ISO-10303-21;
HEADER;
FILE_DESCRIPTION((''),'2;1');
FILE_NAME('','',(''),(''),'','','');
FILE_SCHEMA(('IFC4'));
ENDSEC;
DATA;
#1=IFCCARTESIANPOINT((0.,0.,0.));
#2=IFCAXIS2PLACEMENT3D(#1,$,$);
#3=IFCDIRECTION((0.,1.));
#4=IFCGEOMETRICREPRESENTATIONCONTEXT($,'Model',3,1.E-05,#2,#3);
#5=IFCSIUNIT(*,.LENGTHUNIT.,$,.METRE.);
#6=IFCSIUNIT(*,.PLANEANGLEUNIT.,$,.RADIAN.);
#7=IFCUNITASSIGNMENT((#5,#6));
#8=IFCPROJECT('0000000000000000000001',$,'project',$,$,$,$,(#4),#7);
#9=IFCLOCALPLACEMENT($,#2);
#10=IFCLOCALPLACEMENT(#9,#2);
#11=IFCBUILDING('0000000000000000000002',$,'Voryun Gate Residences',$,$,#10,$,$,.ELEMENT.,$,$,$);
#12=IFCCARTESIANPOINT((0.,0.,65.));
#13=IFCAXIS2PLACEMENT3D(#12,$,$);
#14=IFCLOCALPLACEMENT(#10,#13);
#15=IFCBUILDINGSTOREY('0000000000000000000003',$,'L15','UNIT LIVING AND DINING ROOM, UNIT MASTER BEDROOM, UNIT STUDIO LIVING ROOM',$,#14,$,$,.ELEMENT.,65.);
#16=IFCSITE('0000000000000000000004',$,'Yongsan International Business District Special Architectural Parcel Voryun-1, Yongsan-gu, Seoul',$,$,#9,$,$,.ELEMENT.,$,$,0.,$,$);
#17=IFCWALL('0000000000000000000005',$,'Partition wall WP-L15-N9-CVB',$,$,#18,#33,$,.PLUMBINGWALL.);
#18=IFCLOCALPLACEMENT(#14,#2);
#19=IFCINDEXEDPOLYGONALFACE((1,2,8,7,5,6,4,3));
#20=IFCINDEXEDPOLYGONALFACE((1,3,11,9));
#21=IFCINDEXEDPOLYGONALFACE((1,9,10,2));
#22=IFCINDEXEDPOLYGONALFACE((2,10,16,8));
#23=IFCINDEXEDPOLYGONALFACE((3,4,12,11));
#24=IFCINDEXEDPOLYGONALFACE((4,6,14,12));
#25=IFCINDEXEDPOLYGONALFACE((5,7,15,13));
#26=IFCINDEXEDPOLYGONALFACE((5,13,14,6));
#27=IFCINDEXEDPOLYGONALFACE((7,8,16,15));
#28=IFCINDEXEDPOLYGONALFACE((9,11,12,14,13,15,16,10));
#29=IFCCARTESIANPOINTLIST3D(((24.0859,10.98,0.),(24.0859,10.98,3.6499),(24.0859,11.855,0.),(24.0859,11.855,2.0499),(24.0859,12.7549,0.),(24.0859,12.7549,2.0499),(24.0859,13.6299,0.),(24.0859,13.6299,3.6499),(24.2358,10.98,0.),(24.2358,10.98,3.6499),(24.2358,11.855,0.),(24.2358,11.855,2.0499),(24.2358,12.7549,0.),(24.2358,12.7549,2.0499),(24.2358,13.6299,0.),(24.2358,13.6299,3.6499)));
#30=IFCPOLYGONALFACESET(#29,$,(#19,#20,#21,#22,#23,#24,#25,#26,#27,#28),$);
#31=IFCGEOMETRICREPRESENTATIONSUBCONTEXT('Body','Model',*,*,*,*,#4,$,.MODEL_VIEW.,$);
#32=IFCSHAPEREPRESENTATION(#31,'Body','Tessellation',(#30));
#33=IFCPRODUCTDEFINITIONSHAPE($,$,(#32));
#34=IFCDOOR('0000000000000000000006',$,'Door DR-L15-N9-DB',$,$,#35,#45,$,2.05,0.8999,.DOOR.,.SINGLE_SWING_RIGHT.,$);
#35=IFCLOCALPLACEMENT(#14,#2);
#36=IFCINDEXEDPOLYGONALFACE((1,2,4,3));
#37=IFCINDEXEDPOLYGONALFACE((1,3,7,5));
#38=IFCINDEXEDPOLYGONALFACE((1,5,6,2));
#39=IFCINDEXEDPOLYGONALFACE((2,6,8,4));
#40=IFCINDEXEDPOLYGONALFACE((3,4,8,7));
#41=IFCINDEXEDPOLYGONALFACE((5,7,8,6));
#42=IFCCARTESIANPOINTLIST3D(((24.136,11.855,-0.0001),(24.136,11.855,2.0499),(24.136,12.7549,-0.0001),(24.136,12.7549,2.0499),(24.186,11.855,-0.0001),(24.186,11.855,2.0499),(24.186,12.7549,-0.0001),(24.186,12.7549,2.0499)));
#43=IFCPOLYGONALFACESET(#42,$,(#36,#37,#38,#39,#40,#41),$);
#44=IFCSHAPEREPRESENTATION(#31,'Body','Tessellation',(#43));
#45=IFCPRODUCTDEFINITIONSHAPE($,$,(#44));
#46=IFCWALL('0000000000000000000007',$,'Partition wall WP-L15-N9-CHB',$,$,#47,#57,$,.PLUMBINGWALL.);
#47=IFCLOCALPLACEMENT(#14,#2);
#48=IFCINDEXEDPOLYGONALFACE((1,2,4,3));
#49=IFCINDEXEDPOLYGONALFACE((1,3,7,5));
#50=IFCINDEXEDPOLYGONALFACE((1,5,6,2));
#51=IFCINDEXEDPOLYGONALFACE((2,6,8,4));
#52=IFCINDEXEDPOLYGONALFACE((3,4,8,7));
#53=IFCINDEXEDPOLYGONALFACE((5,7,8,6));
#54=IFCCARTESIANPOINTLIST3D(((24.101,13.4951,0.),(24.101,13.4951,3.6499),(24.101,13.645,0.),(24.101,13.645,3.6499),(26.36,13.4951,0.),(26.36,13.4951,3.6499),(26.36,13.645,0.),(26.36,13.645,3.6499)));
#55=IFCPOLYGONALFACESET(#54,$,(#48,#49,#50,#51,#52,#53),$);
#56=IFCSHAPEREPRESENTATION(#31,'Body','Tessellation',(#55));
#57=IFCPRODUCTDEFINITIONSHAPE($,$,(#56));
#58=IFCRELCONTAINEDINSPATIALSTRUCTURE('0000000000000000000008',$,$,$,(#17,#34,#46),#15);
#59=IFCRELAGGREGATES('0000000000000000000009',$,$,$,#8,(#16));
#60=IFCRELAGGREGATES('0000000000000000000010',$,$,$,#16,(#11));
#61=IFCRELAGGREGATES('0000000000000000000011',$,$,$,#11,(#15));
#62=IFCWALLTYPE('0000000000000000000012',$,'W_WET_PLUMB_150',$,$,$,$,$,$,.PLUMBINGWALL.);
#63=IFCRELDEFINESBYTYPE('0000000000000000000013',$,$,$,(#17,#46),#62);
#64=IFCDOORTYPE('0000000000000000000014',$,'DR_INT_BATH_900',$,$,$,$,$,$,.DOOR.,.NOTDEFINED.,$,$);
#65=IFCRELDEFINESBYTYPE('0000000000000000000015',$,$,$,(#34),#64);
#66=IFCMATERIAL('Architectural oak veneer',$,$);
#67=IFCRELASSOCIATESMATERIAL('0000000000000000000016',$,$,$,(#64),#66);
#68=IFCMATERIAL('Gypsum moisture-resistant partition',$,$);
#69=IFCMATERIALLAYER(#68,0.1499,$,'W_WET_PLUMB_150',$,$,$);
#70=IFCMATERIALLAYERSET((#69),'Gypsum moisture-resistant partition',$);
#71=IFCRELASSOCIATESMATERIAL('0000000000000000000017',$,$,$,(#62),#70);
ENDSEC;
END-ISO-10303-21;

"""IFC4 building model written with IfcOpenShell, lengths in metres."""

from ifc_helpers import new_model, si_unit, direction, frame, frame_2d, origin, place, context, subcontext, project, spatial, rectangle, extrude, material, layer, layer_set, type_object, element, fill, save


model = new_model("IFC4")

# Units and contexts
model_context = context("Model", 3, precision=1e-05, world=origin(), true_north=direction((0.0, 1.0)))
body_context = subcontext(model_context, "Body", "Model", "MODEL_VIEW")
ifc_project = project(units=[si_unit("LENGTHUNIT", "METRE"), si_unit("PLANEANGLEUNIT", "RADIAN")], contexts=[model_context])

# Site, building, storey
site_placement = place(None, origin())
site = spatial("IfcSite", under=ifc_project, at=site_placement, Name="Yongsan International Business District Special Architectural Parcel Voryun-1, Yongsan-gu, Seoul", CompositionType="ELEMENT", RefElevation=0.0)
building_placement = place(site_placement, origin())
building = spatial("IfcBuilding", under=site, at=building_placement, Name="Voryun Gate Residences", CompositionType="ELEMENT")
storey_placement = place(building_placement, frame((0.0, 0.0, 65.0)))
storey = spatial("IfcBuildingStorey", under=building, at=storey_placement, Name="L15", Description="UNIT LIVING AND DINING ROOM, UNIT MASTER BEDROOM, UNIT STUDIO LIVING ROOM", CompositionType="ELEMENT", Elevation=65.0)

# Shared definitions
ifc_material_1 = material(Name="Architectural oak veneer")
door_type = type_object("IfcDoorType", Name="DR_INT_BATH_900", OperationType="NOTDEFINED", PredefinedType="DOOR", material=ifc_material_1)

# Shared definitions
ifc_material_2 = material(Name="Gypsum moisture-resistant partition")
ifc_layer_1 = layer(ifc_material_2, 0.1499, Name="W_WET_PLUMB_150")
ifc_layer_set_1 = layer_set([ifc_layer_1], Name="Gypsum moisture-resistant partition")
wall_type_1 = type_object("IfcWallType", Name="W_WET_PLUMB_150", PredefinedType="PLUMBINGWALL", material=ifc_layer_set_1)

# Wall, opening, door
wall_1_placement = place(storey_placement, frame((24.1609, 10.98, 0.0), z_axis=(0.0, 0.0, 1.0), x_axis=(0.0, 1.0, 0.0)))
wall_1 = element("IfcWall", 1, at=wall_1_placement, inside=storey, type_object=wall_type_1, Name="Partition wall WP-L15-N9-CVB", PredefinedType="PLUMBINGWALL", context=body_context, shape_type="SweptSolid", body=[
    extrude(rectangle(XDim=2.6499, YDim=0.1499, at=frame_2d((1.325, 0.0))), origin(), (0.0, 0.0, 1.0), 3.6499),
])
opening_1_placement = place(wall_1_placement, frame((0.875, 0.0, 0.0)))
opening_1 = element("IfcOpeningElement", 2, at=opening_1_placement, cuts=wall_1, PredefinedType="OPENING", context=body_context, shape_type="SweptSolid", body=[
    extrude(rectangle(XDim=0.8999, YDim=2.05, at=frame_2d((0.45, 1.0249))), frame((0.0, 0.085, 0.0), z_axis=(0.0, -1.0, 0.0), x_axis=(1.0, 0.0, 0.0)), (0.0, 0.0, 1.0), 0.1699),
])
door_1_placement = place(opening_1_placement, origin())
door_1 = element("IfcDoor", 3, at=door_1_placement, inside=storey, type_object=door_type, Name="Door DR-L15-N9-DB", OperationType="SINGLE_SWING_RIGHT", OverallHeight=2.05, OverallWidth=0.8999, PredefinedType="DOOR", context=body_context, shape_type="SweptSolid", body=[
    extrude(rectangle(XDim=0.8999, YDim=2.05, at=frame_2d((0.45, 1.0249))), frame((0.0, 0.0249, 0.0), z_axis=(0.0, -1.0, 0.0), x_axis=(1.0, 0.0, 0.0)), (0.0, 0.0, 1.0), 0.05),
])
fill(opening_1, door_1)

# Wall
wall_2_placement = place(storey_placement, frame((24.1011, 13.5701, 0.0), z_axis=(0.0, 0.0, 1.0), x_axis=(1.0, 0.0, 0.0)))
element("IfcWall", 4, at=wall_2_placement, inside=storey, type_object=wall_type_1, Name="Partition wall WP-L15-N9-CHB", PredefinedType="PLUMBINGWALL", context=body_context, shape_type="SweptSolid", body=[
    extrude(rectangle(XDim=2.259, YDim=0.1499, at=frame_2d((1.1294, 0.0))), origin(), (0.0, 0.0, 1.0), 3.6499),
])

save(model, "model.ifc")
